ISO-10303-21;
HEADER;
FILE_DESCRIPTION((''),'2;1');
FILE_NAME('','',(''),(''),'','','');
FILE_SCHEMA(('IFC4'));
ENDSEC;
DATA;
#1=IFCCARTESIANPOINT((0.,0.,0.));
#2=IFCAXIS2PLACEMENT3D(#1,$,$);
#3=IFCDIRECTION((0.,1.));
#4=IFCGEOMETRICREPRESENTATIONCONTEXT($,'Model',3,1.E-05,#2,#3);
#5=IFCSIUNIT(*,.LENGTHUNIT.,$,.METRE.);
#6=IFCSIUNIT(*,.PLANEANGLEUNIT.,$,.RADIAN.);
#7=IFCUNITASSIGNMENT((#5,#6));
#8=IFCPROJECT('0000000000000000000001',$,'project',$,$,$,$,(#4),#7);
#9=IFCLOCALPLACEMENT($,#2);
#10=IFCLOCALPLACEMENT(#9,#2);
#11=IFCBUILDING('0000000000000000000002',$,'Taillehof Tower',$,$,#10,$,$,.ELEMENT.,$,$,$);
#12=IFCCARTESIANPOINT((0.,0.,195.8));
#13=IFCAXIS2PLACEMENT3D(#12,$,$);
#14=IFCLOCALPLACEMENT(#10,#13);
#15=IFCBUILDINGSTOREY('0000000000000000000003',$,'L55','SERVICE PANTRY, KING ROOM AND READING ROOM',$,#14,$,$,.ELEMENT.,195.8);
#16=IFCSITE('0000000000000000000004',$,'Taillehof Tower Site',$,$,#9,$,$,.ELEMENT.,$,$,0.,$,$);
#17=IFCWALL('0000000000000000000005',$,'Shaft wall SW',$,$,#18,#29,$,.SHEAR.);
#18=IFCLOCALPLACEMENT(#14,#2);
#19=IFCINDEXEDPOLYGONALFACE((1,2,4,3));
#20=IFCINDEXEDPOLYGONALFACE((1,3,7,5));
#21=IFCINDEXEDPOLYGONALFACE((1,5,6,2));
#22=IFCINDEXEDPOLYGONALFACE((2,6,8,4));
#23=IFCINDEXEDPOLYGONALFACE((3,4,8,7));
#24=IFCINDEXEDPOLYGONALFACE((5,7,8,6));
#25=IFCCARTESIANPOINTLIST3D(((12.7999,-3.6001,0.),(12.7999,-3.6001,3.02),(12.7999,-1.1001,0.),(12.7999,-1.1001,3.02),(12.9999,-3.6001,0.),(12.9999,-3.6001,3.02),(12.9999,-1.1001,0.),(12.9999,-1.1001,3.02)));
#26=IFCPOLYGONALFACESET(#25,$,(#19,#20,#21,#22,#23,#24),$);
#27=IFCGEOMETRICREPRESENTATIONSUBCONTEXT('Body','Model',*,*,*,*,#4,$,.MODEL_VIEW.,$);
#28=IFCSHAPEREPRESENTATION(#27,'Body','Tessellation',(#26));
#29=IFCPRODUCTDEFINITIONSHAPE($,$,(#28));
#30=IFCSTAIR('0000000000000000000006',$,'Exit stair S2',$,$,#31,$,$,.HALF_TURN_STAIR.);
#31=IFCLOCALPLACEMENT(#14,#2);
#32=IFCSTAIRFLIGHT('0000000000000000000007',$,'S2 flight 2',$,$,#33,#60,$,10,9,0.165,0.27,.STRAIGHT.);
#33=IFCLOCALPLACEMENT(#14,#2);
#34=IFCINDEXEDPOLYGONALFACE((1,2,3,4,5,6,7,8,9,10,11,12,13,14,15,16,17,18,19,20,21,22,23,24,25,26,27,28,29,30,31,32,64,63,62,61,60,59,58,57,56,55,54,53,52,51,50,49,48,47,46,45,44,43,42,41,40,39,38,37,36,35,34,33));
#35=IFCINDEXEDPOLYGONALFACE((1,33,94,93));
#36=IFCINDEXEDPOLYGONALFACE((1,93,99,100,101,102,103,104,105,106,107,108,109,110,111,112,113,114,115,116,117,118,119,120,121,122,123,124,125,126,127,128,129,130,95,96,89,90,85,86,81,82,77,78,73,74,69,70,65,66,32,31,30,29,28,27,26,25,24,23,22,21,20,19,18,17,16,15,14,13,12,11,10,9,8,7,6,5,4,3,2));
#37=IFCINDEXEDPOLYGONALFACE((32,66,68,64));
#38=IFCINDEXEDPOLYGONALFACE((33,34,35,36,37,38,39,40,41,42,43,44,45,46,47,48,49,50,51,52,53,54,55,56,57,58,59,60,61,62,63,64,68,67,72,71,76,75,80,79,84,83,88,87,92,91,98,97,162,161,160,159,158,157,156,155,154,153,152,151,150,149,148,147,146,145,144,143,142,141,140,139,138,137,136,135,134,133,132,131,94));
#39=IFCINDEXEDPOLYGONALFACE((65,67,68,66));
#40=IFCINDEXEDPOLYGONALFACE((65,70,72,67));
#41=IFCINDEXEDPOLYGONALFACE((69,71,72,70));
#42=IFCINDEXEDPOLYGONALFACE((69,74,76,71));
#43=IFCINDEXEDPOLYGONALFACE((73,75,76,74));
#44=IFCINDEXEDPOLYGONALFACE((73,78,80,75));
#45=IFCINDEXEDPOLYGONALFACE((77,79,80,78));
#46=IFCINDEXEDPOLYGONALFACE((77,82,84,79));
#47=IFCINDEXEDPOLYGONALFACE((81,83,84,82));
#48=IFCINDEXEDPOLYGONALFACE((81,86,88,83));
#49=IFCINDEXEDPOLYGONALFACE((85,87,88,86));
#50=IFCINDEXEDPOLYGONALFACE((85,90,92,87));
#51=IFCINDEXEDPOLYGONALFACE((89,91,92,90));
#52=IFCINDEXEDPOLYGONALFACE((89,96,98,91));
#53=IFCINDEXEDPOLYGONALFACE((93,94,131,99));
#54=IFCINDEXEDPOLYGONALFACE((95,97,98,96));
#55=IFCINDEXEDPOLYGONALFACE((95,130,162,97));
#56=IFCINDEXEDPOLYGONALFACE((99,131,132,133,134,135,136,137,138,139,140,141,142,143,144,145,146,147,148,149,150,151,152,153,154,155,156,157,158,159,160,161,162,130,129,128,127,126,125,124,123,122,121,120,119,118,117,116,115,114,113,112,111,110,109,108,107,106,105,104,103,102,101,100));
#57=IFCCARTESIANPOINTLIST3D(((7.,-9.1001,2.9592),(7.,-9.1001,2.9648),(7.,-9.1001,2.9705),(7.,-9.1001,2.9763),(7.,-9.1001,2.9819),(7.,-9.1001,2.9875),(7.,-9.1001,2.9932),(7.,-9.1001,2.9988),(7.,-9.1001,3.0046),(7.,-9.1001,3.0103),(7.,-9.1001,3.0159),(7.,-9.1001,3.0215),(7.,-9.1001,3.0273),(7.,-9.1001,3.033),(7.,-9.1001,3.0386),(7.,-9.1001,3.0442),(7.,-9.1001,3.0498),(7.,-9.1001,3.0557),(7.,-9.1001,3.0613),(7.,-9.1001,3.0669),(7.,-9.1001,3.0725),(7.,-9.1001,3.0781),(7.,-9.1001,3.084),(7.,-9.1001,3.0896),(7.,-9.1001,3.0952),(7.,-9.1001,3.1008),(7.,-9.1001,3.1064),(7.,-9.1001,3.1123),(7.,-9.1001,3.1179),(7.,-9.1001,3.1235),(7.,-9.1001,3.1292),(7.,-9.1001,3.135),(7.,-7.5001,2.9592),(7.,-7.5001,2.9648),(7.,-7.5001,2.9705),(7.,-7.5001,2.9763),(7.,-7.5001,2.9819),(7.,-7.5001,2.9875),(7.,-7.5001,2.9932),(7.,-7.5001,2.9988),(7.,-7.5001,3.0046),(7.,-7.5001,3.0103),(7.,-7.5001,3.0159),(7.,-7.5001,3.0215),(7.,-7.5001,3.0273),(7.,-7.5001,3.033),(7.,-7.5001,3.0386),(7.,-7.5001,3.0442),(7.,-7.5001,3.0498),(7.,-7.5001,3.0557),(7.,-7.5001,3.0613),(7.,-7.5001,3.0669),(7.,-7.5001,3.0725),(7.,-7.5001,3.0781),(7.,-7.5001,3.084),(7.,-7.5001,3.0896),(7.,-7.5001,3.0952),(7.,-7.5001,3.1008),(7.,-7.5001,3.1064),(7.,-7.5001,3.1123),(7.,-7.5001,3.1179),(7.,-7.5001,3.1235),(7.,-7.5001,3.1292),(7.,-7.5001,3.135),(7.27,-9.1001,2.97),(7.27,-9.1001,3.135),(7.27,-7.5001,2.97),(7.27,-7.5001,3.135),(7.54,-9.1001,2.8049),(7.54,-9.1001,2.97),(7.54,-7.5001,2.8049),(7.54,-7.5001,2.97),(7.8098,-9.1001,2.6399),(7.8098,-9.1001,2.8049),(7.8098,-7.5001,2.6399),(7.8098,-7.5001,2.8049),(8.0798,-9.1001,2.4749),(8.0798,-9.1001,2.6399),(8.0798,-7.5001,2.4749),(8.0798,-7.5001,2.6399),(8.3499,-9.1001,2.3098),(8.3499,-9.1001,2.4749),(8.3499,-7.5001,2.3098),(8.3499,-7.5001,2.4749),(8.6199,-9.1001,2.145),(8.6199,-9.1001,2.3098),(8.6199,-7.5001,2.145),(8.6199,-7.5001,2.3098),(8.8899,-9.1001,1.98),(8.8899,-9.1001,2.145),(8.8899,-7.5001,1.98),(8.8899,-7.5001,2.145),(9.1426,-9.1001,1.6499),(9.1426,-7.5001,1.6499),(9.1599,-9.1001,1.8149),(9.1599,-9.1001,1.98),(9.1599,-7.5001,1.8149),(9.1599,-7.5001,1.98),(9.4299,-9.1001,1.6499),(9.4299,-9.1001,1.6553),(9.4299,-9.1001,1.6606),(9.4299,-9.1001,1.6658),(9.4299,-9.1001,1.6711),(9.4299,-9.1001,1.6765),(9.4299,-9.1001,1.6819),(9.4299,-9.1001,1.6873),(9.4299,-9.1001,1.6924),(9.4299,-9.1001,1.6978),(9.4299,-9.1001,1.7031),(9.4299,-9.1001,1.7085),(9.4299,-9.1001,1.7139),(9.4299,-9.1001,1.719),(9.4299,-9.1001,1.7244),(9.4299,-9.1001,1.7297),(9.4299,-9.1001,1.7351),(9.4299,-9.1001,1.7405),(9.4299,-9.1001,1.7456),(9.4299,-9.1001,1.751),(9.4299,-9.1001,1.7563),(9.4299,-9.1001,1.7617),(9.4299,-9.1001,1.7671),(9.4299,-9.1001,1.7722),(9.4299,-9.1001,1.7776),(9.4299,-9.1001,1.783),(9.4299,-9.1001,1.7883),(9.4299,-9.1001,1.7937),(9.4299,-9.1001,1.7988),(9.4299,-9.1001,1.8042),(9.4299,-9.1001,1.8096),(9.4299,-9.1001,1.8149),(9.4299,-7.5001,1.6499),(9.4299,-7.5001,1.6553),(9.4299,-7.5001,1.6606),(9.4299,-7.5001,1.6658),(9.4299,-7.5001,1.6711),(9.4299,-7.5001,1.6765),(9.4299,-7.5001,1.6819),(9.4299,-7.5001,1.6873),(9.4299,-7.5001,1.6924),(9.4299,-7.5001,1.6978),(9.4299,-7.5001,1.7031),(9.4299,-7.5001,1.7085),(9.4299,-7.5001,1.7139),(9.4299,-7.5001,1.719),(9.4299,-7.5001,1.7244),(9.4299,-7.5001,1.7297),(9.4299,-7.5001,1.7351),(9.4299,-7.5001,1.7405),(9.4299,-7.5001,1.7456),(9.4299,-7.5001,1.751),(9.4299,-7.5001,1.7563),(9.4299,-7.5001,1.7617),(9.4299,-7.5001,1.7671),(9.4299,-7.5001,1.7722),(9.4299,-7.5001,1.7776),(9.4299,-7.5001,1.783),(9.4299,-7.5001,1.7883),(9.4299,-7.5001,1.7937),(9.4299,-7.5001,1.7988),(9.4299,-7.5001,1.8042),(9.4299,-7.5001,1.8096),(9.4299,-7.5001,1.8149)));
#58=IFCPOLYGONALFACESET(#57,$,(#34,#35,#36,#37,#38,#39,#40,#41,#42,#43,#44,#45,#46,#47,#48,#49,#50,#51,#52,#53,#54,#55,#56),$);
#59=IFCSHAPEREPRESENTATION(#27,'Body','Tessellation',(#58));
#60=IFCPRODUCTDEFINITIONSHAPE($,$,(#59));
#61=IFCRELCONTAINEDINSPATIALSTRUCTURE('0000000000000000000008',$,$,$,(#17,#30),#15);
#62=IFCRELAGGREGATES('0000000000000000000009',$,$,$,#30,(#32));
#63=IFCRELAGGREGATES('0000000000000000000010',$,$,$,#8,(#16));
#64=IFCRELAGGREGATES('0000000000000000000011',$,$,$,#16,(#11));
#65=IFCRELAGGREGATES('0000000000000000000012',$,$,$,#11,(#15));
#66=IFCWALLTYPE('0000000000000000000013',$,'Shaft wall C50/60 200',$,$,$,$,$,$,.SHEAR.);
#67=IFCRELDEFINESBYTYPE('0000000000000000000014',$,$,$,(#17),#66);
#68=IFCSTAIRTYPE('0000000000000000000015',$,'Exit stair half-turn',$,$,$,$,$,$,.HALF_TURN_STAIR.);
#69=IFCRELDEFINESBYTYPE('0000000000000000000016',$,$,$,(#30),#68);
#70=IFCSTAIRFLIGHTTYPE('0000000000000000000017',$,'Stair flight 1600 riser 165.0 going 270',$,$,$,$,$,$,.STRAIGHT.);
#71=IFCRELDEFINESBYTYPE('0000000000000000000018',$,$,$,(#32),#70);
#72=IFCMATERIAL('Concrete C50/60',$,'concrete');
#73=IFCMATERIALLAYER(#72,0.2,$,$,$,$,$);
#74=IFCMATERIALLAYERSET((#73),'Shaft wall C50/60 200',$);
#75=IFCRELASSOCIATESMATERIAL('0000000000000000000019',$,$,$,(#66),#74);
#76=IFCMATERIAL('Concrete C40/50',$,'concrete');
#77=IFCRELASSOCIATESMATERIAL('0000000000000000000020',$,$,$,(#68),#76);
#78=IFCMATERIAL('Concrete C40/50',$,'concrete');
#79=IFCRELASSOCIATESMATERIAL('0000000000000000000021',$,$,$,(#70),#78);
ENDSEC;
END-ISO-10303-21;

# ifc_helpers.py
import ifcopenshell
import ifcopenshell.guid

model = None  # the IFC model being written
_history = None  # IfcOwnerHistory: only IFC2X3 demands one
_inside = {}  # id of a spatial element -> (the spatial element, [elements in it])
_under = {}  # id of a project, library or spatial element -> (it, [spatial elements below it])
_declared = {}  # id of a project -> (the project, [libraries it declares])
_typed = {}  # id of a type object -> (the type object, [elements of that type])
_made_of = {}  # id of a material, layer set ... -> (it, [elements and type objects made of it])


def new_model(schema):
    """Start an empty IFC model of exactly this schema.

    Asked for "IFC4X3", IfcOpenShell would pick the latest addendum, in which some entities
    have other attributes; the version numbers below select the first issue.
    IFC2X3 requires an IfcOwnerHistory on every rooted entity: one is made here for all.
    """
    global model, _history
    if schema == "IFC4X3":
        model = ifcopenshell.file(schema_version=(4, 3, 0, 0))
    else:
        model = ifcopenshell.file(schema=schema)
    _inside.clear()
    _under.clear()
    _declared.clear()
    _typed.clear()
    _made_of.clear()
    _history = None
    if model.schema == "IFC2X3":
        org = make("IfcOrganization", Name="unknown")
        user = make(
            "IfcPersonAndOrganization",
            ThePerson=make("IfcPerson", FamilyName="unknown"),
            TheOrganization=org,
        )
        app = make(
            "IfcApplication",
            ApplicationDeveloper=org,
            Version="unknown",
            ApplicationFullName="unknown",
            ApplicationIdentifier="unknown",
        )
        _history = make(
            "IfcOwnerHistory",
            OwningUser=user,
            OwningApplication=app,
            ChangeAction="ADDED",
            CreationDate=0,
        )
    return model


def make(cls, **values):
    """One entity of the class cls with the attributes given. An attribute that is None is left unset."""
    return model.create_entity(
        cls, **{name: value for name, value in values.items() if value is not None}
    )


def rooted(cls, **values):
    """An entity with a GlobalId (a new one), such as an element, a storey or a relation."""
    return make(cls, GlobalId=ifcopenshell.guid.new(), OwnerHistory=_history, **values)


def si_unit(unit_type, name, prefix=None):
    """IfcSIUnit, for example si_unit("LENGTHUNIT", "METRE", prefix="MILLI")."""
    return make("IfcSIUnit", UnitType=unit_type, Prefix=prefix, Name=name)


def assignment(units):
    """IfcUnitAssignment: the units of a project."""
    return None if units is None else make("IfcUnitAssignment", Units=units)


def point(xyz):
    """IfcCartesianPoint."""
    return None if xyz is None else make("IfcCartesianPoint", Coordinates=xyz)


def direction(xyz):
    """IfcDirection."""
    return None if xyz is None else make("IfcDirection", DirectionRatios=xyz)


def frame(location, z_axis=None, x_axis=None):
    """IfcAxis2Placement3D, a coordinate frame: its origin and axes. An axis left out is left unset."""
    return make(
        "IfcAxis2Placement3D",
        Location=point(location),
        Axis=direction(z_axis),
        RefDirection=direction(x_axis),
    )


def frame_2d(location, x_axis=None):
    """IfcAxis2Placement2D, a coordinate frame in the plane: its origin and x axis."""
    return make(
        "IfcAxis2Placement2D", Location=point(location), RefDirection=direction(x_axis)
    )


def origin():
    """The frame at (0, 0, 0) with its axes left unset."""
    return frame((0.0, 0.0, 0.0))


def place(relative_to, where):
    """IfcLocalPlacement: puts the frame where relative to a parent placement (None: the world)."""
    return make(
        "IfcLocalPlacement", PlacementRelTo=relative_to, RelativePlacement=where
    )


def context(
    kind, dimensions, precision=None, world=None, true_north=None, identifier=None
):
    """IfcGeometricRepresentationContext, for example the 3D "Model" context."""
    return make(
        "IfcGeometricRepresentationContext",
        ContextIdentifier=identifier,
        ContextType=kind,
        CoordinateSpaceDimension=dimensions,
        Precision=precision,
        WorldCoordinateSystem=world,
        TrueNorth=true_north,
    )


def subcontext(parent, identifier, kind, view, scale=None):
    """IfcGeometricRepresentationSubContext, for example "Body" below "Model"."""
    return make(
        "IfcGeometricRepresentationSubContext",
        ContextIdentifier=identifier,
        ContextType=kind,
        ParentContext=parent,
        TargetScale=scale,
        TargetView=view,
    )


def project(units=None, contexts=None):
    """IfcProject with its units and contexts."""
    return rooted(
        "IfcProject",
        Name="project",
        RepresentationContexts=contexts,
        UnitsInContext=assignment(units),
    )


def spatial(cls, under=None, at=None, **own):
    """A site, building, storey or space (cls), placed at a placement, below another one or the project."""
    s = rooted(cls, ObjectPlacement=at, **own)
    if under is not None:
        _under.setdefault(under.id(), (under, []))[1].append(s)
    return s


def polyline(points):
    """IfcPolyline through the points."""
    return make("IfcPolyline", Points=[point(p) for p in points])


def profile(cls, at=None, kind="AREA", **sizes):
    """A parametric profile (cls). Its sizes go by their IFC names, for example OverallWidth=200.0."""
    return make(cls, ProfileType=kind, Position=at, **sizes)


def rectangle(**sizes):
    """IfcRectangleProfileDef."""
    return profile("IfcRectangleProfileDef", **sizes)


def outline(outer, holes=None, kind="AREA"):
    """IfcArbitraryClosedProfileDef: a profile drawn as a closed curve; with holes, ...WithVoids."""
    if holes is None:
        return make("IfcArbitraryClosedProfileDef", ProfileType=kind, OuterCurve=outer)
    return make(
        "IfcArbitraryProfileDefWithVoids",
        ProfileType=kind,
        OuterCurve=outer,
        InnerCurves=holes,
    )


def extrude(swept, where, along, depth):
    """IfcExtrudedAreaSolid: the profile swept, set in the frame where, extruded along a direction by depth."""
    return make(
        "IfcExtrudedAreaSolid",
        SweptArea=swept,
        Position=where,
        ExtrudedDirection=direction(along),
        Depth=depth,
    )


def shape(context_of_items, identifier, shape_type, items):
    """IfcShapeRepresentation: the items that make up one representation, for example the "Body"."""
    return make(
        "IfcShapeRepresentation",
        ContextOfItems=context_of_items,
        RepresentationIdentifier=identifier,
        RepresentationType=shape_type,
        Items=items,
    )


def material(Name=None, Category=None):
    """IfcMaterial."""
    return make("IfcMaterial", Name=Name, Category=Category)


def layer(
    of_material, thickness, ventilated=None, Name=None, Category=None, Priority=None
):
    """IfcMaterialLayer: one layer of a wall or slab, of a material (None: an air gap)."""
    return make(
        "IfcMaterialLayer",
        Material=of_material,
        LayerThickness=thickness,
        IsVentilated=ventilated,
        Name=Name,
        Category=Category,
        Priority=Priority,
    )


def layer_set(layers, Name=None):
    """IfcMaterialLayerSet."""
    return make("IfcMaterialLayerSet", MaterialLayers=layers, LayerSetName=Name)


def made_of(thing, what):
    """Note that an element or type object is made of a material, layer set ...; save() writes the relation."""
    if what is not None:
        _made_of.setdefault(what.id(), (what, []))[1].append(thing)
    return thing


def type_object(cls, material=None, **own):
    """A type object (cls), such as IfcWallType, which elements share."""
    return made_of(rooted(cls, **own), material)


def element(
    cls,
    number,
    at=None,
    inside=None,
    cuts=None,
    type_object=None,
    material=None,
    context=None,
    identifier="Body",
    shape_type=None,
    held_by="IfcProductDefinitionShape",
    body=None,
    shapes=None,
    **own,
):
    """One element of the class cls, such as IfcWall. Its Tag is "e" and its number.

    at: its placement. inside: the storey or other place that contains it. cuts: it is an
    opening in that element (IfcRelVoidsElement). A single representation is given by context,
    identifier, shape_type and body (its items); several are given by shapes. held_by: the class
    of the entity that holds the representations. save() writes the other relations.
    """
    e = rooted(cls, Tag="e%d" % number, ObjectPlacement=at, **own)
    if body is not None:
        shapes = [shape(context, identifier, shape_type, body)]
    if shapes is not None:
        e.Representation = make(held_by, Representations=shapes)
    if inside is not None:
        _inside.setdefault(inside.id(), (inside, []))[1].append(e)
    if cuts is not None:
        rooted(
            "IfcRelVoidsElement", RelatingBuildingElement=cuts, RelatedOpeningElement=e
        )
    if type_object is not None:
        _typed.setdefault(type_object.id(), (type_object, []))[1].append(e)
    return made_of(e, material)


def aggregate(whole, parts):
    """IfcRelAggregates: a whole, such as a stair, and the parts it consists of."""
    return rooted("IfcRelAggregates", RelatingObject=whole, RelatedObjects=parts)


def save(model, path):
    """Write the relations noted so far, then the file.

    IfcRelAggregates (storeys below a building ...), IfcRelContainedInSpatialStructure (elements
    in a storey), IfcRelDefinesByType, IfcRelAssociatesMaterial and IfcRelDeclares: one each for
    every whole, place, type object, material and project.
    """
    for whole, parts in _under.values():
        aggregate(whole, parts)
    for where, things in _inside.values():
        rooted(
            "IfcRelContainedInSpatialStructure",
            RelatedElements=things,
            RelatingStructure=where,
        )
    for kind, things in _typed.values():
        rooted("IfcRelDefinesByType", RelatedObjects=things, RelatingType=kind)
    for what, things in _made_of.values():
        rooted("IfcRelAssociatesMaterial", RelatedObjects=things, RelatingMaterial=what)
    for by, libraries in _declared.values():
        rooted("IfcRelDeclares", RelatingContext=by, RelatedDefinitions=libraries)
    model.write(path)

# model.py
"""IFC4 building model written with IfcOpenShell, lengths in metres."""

from ifc_helpers import new_model, si_unit, direction, frame, frame_2d, origin, place, context, subcontext, project, spatial, polyline, rectangle, outline, extrude, material, layer, layer_set, type_object, element, aggregate, save


model = new_model("IFC4")

# Units and contexts
model_context = context("Model", 3, precision=1e-05, world=origin(), true_north=direction((0.0, 1.0)))
body_context = subcontext(model_context, "Body", "Model", "MODEL_VIEW")
ifc_project = project(units=[si_unit("LENGTHUNIT", "METRE"), si_unit("PLANEANGLEUNIT", "RADIAN")], contexts=[model_context])

# Site, building, storey
site_placement = place(None, origin())
site = spatial("IfcSite", under=ifc_project, at=site_placement, Name="Taillehof Tower Site", CompositionType="ELEMENT", RefElevation=0.0)
building_placement = place(site_placement, origin())
building = spatial("IfcBuilding", under=site, at=building_placement, Name="Taillehof Tower", CompositionType="ELEMENT")
storey_placement = place(building_placement, frame((0.0, 0.0, 195.8)))
storey = spatial("IfcBuildingStorey", under=building, at=storey_placement, Name="L55", Description="SERVICE PANTRY, KING ROOM AND READING ROOM", CompositionType="ELEMENT", Elevation=195.8)

# Wall
ifc_material_1 = material(Name="Concrete C50/60", Category="concrete")
ifc_layer_1 = layer(ifc_material_1, 0.2)
ifc_layer_set_1 = layer_set([ifc_layer_1], Name="Shaft wall C50/60 200")
wall_type_1 = type_object("IfcWallType", Name="Shaft wall C50/60 200", PredefinedType="SHEAR", material=ifc_layer_set_1)
for number, where, z_axis, x_axis, name in (
    (1, (12.8999, -3.6001, 0.0), (0.0, 0.0, 1.0), (0.0, 1.0, 0.0), "Shaft wall SW"),
):
    element("IfcWall", number, at=place(storey_placement, frame(where, z_axis=z_axis, x_axis=x_axis)), inside=storey, type_object=wall_type_1, Name=name, PredefinedType="SHEAR", context=body_context, shape_type="SweptSolid", body=[
        extrude(rectangle(XDim=2.5, YDim=0.2, at=frame_2d((1.25, 0.0))), origin(), (0.0, 0.0, 1.0), 3.02),
    ])

# Stair, stair flight
ifc_material_2 = material(Name="Concrete C40/50", Category="concrete")
stair_type = type_object("IfcStairType", Name="Exit stair half-turn", PredefinedType="HALF_TURN_STAIR", material=ifc_material_2)
stair_placement = place(storey_placement, origin())
stair = element("IfcStair", 2, at=stair_placement, inside=storey, type_object=stair_type, Name="Exit stair S2", PredefinedType="HALF_TURN_STAIR")
ifc_material_3 = material(Name="Concrete C40/50", Category="concrete")
stair_flight_type = type_object("IfcStairFlightType", Name="Stair flight 1600 riser 165.0 going 270", PredefinedType="STRAIGHT", material=ifc_material_3)
stair_flight_placement = place(storey_placement, frame((9.4299, -8.3, 1.6499), z_axis=(0.0, 0.0, 1.0), x_axis=(-1.0, 0.0, 0.0)))
stair_flight = element("IfcStairFlight", 3, at=stair_flight_placement, type_object=stair_flight_type, Name="S2 flight 2", NumberOfRisers=10, NumberOfTreads=9, PredefinedType="STRAIGHT", RiserHeight=0.165, TreadLength=0.27, context=body_context, shape_type="SweptSolid", body=[
    extrude(outline(polyline([(0.0, 0.0), (0.0, 0.0054), (0.0, 0.0107), (0.0, 0.0159), (0.0, 0.0212), (0.0, 0.0266), (0.0, 0.032), (0.0, 0.0374), (0.0, 0.0425), (0.0, 0.0479), (0.0, 0.0532), (0.0, 0.0586), (0.0, 0.064), (0.0, 0.0691), (0.0, 0.0745), (0.0, 0.0798), (0.0, 0.0852), (0.0, 0.0906), (0.0, 0.0957), (0.0, 0.1011), (0.0, 0.1064), (0.0, 0.1118), (0.0, 0.1172), (0.0, 0.1223), (0.0, 0.1277), (0.0, 0.1331), (0.0, 0.1384), (0.0, 0.1438), (0.0, 0.1489), (0.0, 0.1543), (0.0, 0.1597), (0.0, 0.165), (0.27, 0.165), (0.27, 0.3301), (0.54, 0.3301), (0.54, 0.4951), (0.8101, 0.4951), (0.8101, 0.6599), (1.0801, 0.6599), (1.0801, 0.825), (1.3501, 0.825), (1.3501, 0.99), (1.6201, 0.99), (1.6201, 1.155), (1.8899, 1.155), (1.8899, 1.3201), (2.1599, 1.3201), (2.1599, 1.4851), (2.4299, 1.4851), (2.4299, 1.4792), (2.4299, 1.4736), (2.4299, 1.468), (2.4299, 1.4624), (2.4299, 1.4565), (2.4299, 1.4509), (2.4299, 1.4453), (2.4299, 1.4397), (2.4299, 1.4341), (2.4299, 1.4282), (2.4299, 1.4226), (2.4299, 1.417), (2.4299, 1.4114), (2.4299, 1.4058), (2.4299, 1.3999), (2.4299, 1.3943), (2.4299, 1.3887), (2.4299, 1.3831), (2.4299, 1.3774), (2.4299, 1.3716), (2.4299, 1.366), (2.4299, 1.3604), (2.4299, 1.3547), (2.4299, 1.3489), (2.4299, 1.3433), (2.4299, 1.3376), (2.4299, 1.332), (2.4299, 1.3264), (2.4299, 1.3206), (2.4299, 1.3149), (2.4299, 1.3093), (0.2874, 0.0), (0.0, 0.0)])), frame((0.0, 0.8, 0.0), z_axis=(0.0, -1.0, 0.0), x_axis=(1.0, 0.0, 0.0)), (0.0, 0.0, 1.0), 1.6),
])
aggregate(stair, [stair_flight])

save(model, "model.ifc")
